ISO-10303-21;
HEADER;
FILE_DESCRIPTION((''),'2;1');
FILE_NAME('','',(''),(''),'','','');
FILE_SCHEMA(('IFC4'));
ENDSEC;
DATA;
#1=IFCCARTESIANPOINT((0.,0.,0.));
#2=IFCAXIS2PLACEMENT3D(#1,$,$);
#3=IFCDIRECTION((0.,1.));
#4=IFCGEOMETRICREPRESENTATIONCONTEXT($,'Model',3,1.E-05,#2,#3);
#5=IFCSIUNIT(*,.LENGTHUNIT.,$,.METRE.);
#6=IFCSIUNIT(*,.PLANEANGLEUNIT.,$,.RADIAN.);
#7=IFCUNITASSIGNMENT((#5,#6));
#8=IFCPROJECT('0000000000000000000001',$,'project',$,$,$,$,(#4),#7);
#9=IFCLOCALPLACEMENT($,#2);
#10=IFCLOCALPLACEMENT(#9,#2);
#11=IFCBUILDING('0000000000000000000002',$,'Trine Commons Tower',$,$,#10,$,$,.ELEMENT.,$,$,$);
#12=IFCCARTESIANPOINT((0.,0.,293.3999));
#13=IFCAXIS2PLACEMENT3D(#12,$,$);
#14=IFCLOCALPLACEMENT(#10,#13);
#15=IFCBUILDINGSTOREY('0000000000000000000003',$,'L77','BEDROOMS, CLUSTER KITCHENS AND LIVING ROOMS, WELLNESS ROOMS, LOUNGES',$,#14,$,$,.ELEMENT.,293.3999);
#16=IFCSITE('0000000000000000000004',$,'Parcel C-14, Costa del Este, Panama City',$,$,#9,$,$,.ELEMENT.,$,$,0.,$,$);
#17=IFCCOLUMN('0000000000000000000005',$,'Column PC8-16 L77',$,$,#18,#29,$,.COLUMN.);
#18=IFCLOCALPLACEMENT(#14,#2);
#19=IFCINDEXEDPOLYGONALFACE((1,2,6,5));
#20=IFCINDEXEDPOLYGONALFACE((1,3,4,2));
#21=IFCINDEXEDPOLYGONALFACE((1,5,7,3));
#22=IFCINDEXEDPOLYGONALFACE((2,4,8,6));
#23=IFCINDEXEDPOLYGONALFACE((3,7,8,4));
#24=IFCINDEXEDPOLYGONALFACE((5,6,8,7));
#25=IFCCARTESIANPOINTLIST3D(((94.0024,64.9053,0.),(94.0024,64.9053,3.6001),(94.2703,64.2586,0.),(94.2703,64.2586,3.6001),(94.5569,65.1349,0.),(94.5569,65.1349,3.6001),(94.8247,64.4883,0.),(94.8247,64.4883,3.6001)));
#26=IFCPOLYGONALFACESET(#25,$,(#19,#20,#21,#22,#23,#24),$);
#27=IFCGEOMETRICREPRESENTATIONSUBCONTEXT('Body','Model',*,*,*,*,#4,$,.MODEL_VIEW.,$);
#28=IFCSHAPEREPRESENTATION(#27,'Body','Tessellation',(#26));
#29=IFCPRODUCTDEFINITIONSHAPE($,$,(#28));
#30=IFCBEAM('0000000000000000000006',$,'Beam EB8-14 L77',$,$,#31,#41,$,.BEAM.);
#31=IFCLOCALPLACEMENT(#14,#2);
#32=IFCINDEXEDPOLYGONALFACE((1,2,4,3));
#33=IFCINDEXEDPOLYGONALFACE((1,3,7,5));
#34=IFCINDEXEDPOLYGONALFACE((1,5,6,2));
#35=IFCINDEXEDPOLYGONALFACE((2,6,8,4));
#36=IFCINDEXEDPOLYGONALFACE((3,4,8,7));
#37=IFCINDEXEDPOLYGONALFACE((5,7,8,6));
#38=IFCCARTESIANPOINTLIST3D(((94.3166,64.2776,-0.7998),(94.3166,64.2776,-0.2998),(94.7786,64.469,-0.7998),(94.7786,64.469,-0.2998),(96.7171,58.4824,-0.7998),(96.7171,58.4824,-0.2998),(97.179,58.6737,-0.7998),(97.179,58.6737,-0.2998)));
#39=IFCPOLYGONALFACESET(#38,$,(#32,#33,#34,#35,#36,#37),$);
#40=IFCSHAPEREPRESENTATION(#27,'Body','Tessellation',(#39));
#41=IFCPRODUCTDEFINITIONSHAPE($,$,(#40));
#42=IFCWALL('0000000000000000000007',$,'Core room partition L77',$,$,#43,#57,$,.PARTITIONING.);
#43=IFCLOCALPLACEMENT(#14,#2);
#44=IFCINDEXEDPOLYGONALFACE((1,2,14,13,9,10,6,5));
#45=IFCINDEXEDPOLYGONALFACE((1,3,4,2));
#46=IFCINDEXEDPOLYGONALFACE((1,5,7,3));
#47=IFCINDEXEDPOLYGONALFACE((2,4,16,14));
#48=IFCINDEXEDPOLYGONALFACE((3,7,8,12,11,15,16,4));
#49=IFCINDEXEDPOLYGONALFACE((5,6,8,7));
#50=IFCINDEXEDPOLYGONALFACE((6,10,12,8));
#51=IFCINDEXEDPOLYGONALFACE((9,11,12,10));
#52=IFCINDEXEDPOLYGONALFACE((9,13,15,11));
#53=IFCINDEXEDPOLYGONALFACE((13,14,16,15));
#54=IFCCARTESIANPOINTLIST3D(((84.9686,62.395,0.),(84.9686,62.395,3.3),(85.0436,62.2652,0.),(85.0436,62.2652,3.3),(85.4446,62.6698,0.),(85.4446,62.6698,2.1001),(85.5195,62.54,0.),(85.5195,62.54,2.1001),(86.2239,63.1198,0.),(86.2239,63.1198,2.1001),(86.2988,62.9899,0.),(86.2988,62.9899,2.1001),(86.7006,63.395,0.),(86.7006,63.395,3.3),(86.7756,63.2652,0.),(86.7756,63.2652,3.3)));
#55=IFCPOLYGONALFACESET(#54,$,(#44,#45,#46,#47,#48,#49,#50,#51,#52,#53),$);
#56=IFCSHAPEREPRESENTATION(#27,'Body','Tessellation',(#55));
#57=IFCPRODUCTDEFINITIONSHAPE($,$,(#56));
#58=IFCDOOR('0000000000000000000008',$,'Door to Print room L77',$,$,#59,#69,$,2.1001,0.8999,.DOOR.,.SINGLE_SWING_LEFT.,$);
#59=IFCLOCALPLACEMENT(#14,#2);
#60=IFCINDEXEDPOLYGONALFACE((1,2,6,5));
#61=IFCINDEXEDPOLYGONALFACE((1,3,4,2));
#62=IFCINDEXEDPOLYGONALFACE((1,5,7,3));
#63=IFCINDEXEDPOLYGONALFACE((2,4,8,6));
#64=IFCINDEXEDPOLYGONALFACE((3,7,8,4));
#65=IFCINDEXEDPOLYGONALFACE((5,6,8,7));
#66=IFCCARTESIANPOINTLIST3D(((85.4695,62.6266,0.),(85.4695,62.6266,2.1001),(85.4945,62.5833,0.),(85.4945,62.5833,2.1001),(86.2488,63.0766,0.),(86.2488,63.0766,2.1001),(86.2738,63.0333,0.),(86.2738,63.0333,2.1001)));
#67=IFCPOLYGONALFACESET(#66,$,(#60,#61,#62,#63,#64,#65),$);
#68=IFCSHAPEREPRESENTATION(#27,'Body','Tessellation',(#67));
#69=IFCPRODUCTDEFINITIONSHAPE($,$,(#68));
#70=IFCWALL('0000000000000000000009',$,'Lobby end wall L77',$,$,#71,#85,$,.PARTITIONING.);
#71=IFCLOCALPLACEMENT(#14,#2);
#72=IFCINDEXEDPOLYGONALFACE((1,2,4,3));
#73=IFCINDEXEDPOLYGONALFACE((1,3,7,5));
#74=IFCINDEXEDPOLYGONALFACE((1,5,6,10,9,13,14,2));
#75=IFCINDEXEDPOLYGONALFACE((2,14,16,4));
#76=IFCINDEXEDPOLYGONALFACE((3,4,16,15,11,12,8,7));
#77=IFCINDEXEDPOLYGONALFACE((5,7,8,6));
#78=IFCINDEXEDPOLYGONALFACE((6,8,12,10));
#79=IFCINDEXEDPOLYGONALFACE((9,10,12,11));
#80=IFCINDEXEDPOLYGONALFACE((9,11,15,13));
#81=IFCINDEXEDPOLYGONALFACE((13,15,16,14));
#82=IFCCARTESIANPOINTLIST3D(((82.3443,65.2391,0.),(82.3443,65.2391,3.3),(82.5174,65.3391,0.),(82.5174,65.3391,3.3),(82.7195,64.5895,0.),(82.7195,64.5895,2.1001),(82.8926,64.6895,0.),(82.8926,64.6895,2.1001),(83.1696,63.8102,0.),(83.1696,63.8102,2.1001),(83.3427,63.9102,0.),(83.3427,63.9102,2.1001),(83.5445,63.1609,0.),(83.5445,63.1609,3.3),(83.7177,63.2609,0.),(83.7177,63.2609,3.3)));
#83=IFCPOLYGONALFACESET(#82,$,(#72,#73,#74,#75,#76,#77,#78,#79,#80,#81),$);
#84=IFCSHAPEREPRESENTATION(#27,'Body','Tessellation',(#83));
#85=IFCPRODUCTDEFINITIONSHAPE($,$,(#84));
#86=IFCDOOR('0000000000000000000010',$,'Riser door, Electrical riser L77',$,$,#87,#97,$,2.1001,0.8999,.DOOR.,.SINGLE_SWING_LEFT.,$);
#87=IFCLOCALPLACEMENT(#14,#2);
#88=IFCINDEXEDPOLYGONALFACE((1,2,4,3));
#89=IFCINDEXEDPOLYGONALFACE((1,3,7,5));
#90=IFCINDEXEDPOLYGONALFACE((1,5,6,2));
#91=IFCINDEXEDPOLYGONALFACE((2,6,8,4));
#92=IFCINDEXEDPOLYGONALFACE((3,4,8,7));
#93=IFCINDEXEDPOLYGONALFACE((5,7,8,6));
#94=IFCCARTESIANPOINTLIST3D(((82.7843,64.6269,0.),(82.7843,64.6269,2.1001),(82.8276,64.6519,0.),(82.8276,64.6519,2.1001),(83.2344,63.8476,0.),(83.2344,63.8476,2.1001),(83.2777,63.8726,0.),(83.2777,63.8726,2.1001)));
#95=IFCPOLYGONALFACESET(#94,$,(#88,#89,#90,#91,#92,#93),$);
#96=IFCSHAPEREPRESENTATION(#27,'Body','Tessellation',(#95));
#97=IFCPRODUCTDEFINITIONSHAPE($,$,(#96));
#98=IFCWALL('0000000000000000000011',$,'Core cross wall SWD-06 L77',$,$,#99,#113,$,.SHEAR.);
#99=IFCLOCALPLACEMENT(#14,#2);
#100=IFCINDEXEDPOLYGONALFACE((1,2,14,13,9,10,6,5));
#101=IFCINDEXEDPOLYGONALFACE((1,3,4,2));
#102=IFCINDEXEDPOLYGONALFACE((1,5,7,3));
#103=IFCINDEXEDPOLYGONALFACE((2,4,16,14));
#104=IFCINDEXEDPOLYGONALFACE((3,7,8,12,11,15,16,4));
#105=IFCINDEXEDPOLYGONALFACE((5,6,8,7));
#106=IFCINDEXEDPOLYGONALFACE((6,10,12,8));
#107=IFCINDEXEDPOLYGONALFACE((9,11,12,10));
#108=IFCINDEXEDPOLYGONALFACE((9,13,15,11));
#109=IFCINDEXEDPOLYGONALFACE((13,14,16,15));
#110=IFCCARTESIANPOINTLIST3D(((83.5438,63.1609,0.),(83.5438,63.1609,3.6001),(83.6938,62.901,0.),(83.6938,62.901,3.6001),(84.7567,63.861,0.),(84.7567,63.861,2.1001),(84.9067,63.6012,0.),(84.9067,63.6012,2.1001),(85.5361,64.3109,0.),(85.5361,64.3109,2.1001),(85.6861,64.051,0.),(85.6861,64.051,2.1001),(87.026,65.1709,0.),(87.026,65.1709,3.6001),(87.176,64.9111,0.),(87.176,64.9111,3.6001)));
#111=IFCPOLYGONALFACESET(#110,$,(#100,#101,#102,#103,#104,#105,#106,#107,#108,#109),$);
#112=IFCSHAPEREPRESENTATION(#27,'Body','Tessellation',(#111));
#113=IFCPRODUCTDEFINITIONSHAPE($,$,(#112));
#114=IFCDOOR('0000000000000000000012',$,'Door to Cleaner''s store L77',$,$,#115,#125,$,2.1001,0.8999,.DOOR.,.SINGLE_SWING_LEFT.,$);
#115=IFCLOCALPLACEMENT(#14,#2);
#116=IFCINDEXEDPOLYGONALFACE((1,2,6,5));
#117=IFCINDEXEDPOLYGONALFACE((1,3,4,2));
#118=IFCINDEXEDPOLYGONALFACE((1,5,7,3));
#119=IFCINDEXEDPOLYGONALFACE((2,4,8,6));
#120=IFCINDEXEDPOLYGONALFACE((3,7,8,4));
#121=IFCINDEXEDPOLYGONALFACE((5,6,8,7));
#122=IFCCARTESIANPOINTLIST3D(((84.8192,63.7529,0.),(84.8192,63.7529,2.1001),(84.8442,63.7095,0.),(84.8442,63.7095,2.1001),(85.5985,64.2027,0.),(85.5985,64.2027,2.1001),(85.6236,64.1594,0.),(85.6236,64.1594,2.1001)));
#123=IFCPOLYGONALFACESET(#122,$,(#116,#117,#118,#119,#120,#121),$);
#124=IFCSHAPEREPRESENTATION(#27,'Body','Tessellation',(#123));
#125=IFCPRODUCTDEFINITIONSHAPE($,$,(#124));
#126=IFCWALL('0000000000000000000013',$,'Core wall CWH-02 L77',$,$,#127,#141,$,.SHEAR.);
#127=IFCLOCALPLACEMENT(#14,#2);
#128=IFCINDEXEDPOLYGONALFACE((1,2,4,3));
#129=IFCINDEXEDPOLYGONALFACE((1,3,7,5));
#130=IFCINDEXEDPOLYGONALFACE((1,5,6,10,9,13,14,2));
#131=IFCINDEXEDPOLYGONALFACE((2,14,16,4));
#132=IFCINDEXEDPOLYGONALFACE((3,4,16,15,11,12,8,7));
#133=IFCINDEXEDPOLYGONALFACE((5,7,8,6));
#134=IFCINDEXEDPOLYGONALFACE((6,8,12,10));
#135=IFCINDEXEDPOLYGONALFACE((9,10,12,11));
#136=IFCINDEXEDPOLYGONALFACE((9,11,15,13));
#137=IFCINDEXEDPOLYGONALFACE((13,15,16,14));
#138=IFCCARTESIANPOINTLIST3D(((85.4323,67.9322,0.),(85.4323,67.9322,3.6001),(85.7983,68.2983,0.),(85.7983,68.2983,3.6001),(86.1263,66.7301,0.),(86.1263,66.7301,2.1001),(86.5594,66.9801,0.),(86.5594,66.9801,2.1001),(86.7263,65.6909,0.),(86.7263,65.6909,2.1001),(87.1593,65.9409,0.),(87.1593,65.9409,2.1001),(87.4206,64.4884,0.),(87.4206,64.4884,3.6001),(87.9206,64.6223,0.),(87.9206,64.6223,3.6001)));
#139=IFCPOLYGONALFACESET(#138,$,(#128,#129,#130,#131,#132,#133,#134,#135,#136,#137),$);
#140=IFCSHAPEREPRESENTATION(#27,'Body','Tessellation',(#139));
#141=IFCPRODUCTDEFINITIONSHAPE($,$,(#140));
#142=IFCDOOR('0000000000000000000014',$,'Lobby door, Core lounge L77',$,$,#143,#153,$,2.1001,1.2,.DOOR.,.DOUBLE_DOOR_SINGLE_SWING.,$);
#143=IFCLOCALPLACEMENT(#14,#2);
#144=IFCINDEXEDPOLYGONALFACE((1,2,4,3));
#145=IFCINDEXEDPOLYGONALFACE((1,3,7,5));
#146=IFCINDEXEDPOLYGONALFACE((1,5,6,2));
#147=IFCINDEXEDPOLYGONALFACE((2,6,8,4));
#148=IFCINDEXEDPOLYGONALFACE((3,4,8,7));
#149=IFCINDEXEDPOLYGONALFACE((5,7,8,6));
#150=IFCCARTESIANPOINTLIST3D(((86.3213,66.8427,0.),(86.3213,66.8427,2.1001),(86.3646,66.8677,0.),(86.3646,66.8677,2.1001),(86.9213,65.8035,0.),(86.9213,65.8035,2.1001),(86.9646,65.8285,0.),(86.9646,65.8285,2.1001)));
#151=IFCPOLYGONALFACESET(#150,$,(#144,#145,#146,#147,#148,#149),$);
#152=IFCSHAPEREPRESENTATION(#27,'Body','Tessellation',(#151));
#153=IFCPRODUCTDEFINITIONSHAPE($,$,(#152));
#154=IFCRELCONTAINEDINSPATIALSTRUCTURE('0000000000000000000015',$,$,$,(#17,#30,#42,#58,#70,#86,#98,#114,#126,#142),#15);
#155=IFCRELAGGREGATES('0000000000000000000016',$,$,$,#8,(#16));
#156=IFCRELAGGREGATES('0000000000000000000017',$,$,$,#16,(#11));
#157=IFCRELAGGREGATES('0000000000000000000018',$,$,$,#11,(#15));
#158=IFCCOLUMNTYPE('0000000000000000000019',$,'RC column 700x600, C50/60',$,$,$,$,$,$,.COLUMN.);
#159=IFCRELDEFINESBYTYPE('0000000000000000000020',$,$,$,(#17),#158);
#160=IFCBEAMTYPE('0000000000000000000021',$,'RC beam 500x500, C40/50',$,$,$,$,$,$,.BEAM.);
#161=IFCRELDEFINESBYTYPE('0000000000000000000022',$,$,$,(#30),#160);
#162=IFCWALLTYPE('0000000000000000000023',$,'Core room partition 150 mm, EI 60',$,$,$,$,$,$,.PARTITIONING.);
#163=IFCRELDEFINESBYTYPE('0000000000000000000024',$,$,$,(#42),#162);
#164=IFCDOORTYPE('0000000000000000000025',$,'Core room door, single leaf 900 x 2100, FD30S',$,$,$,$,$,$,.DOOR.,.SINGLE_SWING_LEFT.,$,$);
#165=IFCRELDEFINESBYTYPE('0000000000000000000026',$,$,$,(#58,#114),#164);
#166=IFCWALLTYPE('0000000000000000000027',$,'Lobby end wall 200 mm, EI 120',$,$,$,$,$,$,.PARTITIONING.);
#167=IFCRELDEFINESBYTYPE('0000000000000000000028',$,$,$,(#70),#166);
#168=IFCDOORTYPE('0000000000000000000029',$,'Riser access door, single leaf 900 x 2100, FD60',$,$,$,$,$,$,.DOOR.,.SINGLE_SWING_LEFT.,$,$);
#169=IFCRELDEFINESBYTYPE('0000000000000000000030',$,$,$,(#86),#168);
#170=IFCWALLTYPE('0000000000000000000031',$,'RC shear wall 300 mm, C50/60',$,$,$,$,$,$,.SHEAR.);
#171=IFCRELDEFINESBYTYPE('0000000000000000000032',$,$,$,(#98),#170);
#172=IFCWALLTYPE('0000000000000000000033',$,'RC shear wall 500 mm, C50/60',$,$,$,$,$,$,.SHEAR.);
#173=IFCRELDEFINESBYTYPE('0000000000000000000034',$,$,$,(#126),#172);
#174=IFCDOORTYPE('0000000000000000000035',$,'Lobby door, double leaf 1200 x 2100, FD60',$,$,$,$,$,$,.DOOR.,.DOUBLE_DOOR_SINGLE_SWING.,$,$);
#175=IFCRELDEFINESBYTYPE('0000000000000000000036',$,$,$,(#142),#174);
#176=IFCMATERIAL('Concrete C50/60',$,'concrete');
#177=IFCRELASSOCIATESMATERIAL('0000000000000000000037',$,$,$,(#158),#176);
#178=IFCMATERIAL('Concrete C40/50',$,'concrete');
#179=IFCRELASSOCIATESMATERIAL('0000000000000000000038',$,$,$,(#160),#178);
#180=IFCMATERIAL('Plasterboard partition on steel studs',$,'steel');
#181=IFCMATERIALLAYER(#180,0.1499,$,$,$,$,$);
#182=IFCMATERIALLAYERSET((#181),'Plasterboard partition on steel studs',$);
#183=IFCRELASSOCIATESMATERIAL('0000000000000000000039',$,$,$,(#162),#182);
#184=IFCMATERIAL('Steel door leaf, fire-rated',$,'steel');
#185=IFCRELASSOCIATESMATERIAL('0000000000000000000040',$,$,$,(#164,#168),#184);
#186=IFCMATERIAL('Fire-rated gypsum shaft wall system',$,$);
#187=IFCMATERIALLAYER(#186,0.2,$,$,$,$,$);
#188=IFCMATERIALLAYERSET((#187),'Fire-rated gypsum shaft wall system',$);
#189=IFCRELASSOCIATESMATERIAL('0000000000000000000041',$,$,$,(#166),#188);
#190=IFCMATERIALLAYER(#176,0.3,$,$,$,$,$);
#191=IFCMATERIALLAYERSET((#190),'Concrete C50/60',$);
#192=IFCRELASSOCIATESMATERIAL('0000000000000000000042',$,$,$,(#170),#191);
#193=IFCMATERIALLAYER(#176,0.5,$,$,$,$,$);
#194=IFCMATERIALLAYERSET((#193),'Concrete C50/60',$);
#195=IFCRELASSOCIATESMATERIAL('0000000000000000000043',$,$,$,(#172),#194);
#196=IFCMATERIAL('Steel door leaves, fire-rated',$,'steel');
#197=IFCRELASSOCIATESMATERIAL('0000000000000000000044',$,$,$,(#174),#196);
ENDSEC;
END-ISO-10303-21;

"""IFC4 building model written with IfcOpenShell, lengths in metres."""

from ifc_helpers import new_model, si_unit, direction, frame, frame_2d, origin, origin_2d, place, context, subcontext, project, spatial, polyline, rectangle, outline, extrude, material, layer, layer_set, material_profile, profile_set, type_object, element, fill, save


model = new_model("IFC4")

# Units and contexts
model_context = context("Model", 3, precision=1e-05, world=origin(), true_north=direction((0.0, 1.0)))
body_context = subcontext(model_context, "Body", "Model", "MODEL_VIEW")
ifc_project = project(units=[si_unit("LENGTHUNIT", "METRE"), si_unit("PLANEANGLEUNIT", "RADIAN")], contexts=[model_context])

# Site, building, storey
site_placement = place(None, origin())
site = spatial("IfcSite", under=ifc_project, at=site_placement, Name="Parcel C-14, Costa del Este, Panama City", CompositionType="ELEMENT", RefElevation=0.0)
building_placement = place(site_placement, origin())
building = spatial("IfcBuilding", under=site, at=building_placement, Name="Trine Commons Tower", CompositionType="ELEMENT")
storey_placement = place(building_placement, frame((0.0, 0.0, 293.3999)))
storey = spatial("IfcBuildingStorey", under=building, at=storey_placement, Name="L77", Description="BEDROOMS, CLUSTER KITCHENS AND LIVING ROOMS, WELLNESS ROOMS, LOUNGES", CompositionType="ELEMENT", Elevation=293.3999)

# Column
ifc_material_1 = material(Name="Concrete C50/60", Category="concrete")
ifc_material_profile_1 = material_profile(ifc_material_1, rectangle(XDim=0.7, YDim=0.6001, at=origin_2d()), Name="RC 700x600")
ifc_profile_set_1 = profile_set([ifc_material_profile_1], Name="Concrete C50/60")
column_type = type_object("IfcColumnType", Name="RC column 700x600, C50/60", PredefinedType="COLUMN", material=ifc_profile_set_1)
column_placement = place(storey_placement, frame((94.4136, 64.6968, 0.0), z_axis=(0.0, 0.0, 1.0), x_axis=(-0.382683, 0.92388, 0.0)))
element("IfcColumn", 1, at=column_placement, inside=storey, type_object=column_type, Name="Column PC8-16 L77", PredefinedType="COLUMN", context=body_context, shape_type="SweptSolid", body=[
    extrude(rectangle(XDim=0.7, YDim=0.6001, at=origin_2d()), origin(), (0.0, 0.0, 1.0), 3.6001),
])

# Beam
ifc_material_2 = material(Name="Concrete C40/50", Category="concrete")
ifc_material_profile_2 = material_profile(ifc_material_2, rectangle(XDim=0.5, YDim=0.5, at=origin_2d()), Name="RC 500x500")
ifc_profile_set_2 = profile_set([ifc_material_profile_2], Name="Concrete C40/50")
beam_type = type_object("IfcBeamType", Name="RC beam 500x500, C40/50", PredefinedType="BEAM", material=ifc_profile_set_2)
beam_placement = place(storey_placement, frame((94.5476, 64.3733, -0.5498), z_axis=(0.382677, -0.923882, 0.0), x_axis=(0.923882, 0.382677, 0.0)))
element("IfcBeam", 2, at=beam_placement, inside=storey, type_object=beam_type, Name="Beam EB8-14 L77", PredefinedType="BEAM", context=body_context, shape_type="SweptSolid", body=[
    extrude(rectangle(XDim=0.5, YDim=0.5, at=origin_2d()), origin(), (0.0, 0.0, 1.0), 6.2727),
])

# Walls, openings, doors
ifc_material_3 = material(Name="Plasterboard partition on steel studs", Category="steel")
ifc_layer_1 = layer(ifc_material_3, 0.1499)
ifc_layer_set_1 = layer_set([ifc_layer_1], Name="Plasterboard partition on steel studs")
wall_type_1 = type_object("IfcWallType", Name="Core room partition 150 mm, EI 60", PredefinedType="PARTITIONING", material=ifc_layer_set_1)
wall_1_placement = place(storey_placement, frame((85.0061, 62.3301, 0.0), z_axis=(0.0, 0.0, 1.0), x_axis=(0.866011, 0.500025, 0.0)))
wall_1 = element("IfcWall", 3, at=wall_1_placement, inside=storey, type_object=wall_type_1, Name="Core room partition L77", PredefinedType="PARTITIONING", context=body_context, shape_type="SweptSolid", body=[
    extrude(rectangle(XDim=2.0, YDim=0.1499, at=frame_2d((1.0, 0.0))), origin(), (0.0, 0.0, 1.0), 3.3),
])
opening_1_placement = place(wall_1_placement, frame((0.5496, 0.0, 0.0)))
opening_1 = element("IfcOpeningElement", 4, at=opening_1_placement, cuts=wall_1, PredefinedType="OPENING", context=body_context, shape_type="SweptSolid", body=[
    extrude(rectangle(XDim=0.8999, YDim=2.1001, at=frame_2d((0.45, 1.05))), frame((0.0, 0.085, 0.0), z_axis=(0.0, -1.0, 0.0), x_axis=(1.0, 0.0, 0.0)), (0.0, 0.0, 1.0), 0.1699),
])
ifc_material_4 = material(Name="Steel door leaf, fire-rated", Category="steel")
door_type_1 = type_object("IfcDoorType", Name="Core room door, single leaf 900 x 2100, FD30S", OperationType="SINGLE_SWING_LEFT", PredefinedType="DOOR", material=ifc_material_4)
door_1_placement = place(opening_1_placement, frame((0.8999, 0.0, 0.0), z_axis=(0.0, 0.0, 1.0), x_axis=(-1.0, 0.0, 0.0)))
door_1 = element("IfcDoor", 5, at=door_1_placement, inside=storey, type_object=door_type_1, Name="Door to Print room L77", OperationType="SINGLE_SWING_LEFT", OverallHeight=2.1001, OverallWidth=0.8999, PredefinedType="DOOR", context=body_context, shape_type="SweptSolid", body=[
    extrude(rectangle(XDim=0.8999, YDim=2.1001, at=frame_2d((0.45, 1.05))), frame((0.0, 0.0249, 0.0), z_axis=(0.0, -1.0, 0.0), x_axis=(1.0, 0.0, 0.0)), (0.0, 0.0, 1.0), 0.05),
])
fill(opening_1, door_1)
ifc_material_5 = material(Name="Fire-rated gypsum shaft wall system")
ifc_layer_2 = layer(ifc_material_5, 0.2)
ifc_layer_set_2 = layer_set([ifc_layer_2], Name="Fire-rated gypsum shaft wall system")
wall_type_2 = type_object("IfcWallType", Name="Lobby end wall 200 mm, EI 120", PredefinedType="PARTITIONING", material=ifc_layer_set_2)
wall_2_placement = place(storey_placement, frame((83.6311, 63.2109, 0.0), z_axis=(0.0, 0.0, 1.0), x_axis=(-0.500122, 0.865955, 0.0)))
wall_2 = element("IfcWall", 6, at=wall_2_placement, inside=storey, type_object=wall_type_2, Name="Lobby end wall L77", PredefinedType="PARTITIONING", context=body_context, shape_type="SweptSolid", body=[
    extrude(rectangle(XDim=2.3999, YDim=0.2, at=frame_2d((1.2, 0.0))), origin(), (0.0, 0.0, 1.0), 3.3),
])
opening_2_placement = place(wall_2_placement, frame((0.7498, 0.0, 0.0)))
opening_2 = element("IfcOpeningElement", 7, at=opening_2_placement, cuts=wall_2, PredefinedType="OPENING", context=body_context, shape_type="SweptSolid", body=[
    extrude(rectangle(XDim=0.8999, YDim=2.1001, at=frame_2d((0.45, 1.05))), frame((0.0, 0.1099, 0.0), z_axis=(0.0, -1.0, 0.0), x_axis=(1.0, 0.0, 0.0)), (0.0, 0.0, 1.0), 0.22),
])
door_type_2 = type_object("IfcDoorType", Name="Riser access door, single leaf 900 x 2100, FD60", OperationType="SINGLE_SWING_LEFT", PredefinedType="DOOR", material=ifc_material_4)
door_2_placement = place(opening_2_placement, frame((0.8999, 0.0, 0.0), z_axis=(0.0, 0.0, 1.0), x_axis=(-1.0, 0.0, 0.0)))
door_2 = element("IfcDoor", 8, at=door_2_placement, inside=storey, type_object=door_type_2, Name="Riser door, Electrical riser L77", OperationType="SINGLE_SWING_LEFT", OverallHeight=2.1001, OverallWidth=0.8999, PredefinedType="DOOR", context=body_context, shape_type="SweptSolid", body=[
    extrude(rectangle(XDim=0.8999, YDim=2.1001, at=frame_2d((0.45, 1.05))), frame((0.0, 0.0249, 0.0), z_axis=(0.0, -1.0, 0.0), x_axis=(1.0, 0.0, 0.0)), (0.0, 0.0, 1.0), 0.05),
])
fill(opening_2, door_2)
ifc_layer_3 = layer(ifc_material_1, 0.3)
ifc_layer_set_3 = layer_set([ifc_layer_3], Name="Concrete C50/60")
wall_type_3 = type_object("IfcWallType", Name="RC shear wall 300 mm, C50/60", PredefinedType="SHEAR", material=ifc_layer_set_3)
wall_3_placement = place(storey_placement, frame((83.6189, 63.031, 0.0), z_axis=(0.0, 0.0, 1.0), x_axis=(0.866071, 0.49992, 0.0)))
wall_3 = element("IfcWall", 9, at=wall_3_placement, inside=storey, type_object=wall_type_3, Name="Core cross wall SWD-06 L77", PredefinedType="SHEAR", context=body_context, shape_type="SweptSolid", body=[
    extrude(rectangle(XDim=4.0208, YDim=0.3, at=frame_2d((2.0103, 0.0))), origin(), (0.0, 0.0, 1.0), 3.6001),
])
opening_3_placement = place(wall_3_placement, frame((1.4004, 0.0, 0.0)))
opening_3 = element("IfcOpeningElement", 10, at=opening_3_placement, cuts=wall_3, PredefinedType="OPENING", context=body_context, shape_type="SweptSolid", body=[
    extrude(rectangle(XDim=0.8999, YDim=2.1001, at=frame_2d((0.45, 1.05))), frame((0.0, 0.1599, 0.0), z_axis=(0.0, -1.0, 0.0), x_axis=(1.0, 0.0, 0.0)), (0.0, 0.0, 1.0), 0.3201),
])
door_3_placement = place(opening_3_placement, frame((0.8999, 0.0, 0.0), z_axis=(0.0, 0.0, 1.0), x_axis=(-1.0, 0.0, 0.0)))
door_3 = element("IfcDoor", 11, at=door_3_placement, inside=storey, type_object=door_type_1, Name="Door to Cleaner's store L77", OperationType="SINGLE_SWING_LEFT", OverallHeight=2.1001, OverallWidth=0.8999, PredefinedType="DOOR", context=body_context, shape_type="SweptSolid", body=[
    extrude(rectangle(XDim=0.8999, YDim=2.1001, at=frame_2d((0.45, 1.05))), frame((0.0, 0.0249, 0.0), z_axis=(0.0, -1.0, 0.0), x_axis=(1.0, 0.0, 0.0)), (0.0, 0.0, 1.0), 0.05),
])
fill(opening_3, door_3)
ifc_layer_4 = layer(ifc_material_1, 0.5)
ifc_layer_set_4 = layer_set([ifc_layer_4], Name="Concrete C50/60")
wall_type_4 = type_object("IfcWallType", Name="RC shear wall 500 mm, C50/60", PredefinedType="SHEAR", material=ifc_layer_set_4)
wall_4_placement = place(storey_placement, frame((87.7041, 64.4973, 0.0), z_axis=(0.0, 0.0, 1.0), x_axis=(-0.499993, 0.866029, 0.0)))
wall_4 = element("IfcWall", 12, at=wall_4_placement, inside=storey, type_object=wall_type_4, Name="Core wall CWH-02 L77", PredefinedType="SHEAR", context=body_context, shape_type="SweptSolid", body=[
    extrude(outline(polyline([(0.0, -0.25), (4.2446, -0.25), (4.1106, 0.25), (0.134, 0.25), (0.0, -0.25)])), origin(), (0.0, 0.0, 1.0), 3.6001),
])
opening_4_placement = place(wall_4_placement, frame((1.5225, 0.0, 0.0)))
opening_4 = element("IfcOpeningElement", 13, at=opening_4_placement, cuts=wall_4, PredefinedType="OPENING", context=body_context, shape_type="SweptSolid", body=[
    extrude(rectangle(XDim=1.2, YDim=2.1001, at=frame_2d((0.6001, 1.05))), frame((0.0, 0.26, 0.0), z_axis=(0.0, -1.0, 0.0), x_axis=(1.0, 0.0, 0.0)), (0.0, 0.0, 1.0), 0.52),
])
ifc_material_6 = material(Name="Steel door leaves, fire-rated", Category="steel")
door_type_3 = type_object("IfcDoorType", Name="Lobby door, double leaf 1200 x 2100, FD60", OperationType="DOUBLE_DOOR_SINGLE_SWING", PredefinedType="DOOR", material=ifc_material_6)
door_4_placement = place(opening_4_placement, origin())
door_4 = element("IfcDoor", 14, at=door_4_placement, inside=storey, type_object=door_type_3, Name="Lobby door, Core lounge L77", OperationType="DOUBLE_DOOR_SINGLE_SWING", OverallHeight=2.1001, OverallWidth=1.2, PredefinedType="DOOR", context=body_context, shape_type="SweptSolid", body=[
    extrude(rectangle(XDim=1.2, YDim=2.1001, at=frame_2d((0.6001, 1.05))), frame((0.0, 0.0249, 0.0), z_axis=(0.0, -1.0, 0.0), x_axis=(1.0, 0.0, 0.0)), (0.0, 0.0, 1.0), 0.05),
])
fill(opening_4, door_4)

save(model, "model.ifc")
